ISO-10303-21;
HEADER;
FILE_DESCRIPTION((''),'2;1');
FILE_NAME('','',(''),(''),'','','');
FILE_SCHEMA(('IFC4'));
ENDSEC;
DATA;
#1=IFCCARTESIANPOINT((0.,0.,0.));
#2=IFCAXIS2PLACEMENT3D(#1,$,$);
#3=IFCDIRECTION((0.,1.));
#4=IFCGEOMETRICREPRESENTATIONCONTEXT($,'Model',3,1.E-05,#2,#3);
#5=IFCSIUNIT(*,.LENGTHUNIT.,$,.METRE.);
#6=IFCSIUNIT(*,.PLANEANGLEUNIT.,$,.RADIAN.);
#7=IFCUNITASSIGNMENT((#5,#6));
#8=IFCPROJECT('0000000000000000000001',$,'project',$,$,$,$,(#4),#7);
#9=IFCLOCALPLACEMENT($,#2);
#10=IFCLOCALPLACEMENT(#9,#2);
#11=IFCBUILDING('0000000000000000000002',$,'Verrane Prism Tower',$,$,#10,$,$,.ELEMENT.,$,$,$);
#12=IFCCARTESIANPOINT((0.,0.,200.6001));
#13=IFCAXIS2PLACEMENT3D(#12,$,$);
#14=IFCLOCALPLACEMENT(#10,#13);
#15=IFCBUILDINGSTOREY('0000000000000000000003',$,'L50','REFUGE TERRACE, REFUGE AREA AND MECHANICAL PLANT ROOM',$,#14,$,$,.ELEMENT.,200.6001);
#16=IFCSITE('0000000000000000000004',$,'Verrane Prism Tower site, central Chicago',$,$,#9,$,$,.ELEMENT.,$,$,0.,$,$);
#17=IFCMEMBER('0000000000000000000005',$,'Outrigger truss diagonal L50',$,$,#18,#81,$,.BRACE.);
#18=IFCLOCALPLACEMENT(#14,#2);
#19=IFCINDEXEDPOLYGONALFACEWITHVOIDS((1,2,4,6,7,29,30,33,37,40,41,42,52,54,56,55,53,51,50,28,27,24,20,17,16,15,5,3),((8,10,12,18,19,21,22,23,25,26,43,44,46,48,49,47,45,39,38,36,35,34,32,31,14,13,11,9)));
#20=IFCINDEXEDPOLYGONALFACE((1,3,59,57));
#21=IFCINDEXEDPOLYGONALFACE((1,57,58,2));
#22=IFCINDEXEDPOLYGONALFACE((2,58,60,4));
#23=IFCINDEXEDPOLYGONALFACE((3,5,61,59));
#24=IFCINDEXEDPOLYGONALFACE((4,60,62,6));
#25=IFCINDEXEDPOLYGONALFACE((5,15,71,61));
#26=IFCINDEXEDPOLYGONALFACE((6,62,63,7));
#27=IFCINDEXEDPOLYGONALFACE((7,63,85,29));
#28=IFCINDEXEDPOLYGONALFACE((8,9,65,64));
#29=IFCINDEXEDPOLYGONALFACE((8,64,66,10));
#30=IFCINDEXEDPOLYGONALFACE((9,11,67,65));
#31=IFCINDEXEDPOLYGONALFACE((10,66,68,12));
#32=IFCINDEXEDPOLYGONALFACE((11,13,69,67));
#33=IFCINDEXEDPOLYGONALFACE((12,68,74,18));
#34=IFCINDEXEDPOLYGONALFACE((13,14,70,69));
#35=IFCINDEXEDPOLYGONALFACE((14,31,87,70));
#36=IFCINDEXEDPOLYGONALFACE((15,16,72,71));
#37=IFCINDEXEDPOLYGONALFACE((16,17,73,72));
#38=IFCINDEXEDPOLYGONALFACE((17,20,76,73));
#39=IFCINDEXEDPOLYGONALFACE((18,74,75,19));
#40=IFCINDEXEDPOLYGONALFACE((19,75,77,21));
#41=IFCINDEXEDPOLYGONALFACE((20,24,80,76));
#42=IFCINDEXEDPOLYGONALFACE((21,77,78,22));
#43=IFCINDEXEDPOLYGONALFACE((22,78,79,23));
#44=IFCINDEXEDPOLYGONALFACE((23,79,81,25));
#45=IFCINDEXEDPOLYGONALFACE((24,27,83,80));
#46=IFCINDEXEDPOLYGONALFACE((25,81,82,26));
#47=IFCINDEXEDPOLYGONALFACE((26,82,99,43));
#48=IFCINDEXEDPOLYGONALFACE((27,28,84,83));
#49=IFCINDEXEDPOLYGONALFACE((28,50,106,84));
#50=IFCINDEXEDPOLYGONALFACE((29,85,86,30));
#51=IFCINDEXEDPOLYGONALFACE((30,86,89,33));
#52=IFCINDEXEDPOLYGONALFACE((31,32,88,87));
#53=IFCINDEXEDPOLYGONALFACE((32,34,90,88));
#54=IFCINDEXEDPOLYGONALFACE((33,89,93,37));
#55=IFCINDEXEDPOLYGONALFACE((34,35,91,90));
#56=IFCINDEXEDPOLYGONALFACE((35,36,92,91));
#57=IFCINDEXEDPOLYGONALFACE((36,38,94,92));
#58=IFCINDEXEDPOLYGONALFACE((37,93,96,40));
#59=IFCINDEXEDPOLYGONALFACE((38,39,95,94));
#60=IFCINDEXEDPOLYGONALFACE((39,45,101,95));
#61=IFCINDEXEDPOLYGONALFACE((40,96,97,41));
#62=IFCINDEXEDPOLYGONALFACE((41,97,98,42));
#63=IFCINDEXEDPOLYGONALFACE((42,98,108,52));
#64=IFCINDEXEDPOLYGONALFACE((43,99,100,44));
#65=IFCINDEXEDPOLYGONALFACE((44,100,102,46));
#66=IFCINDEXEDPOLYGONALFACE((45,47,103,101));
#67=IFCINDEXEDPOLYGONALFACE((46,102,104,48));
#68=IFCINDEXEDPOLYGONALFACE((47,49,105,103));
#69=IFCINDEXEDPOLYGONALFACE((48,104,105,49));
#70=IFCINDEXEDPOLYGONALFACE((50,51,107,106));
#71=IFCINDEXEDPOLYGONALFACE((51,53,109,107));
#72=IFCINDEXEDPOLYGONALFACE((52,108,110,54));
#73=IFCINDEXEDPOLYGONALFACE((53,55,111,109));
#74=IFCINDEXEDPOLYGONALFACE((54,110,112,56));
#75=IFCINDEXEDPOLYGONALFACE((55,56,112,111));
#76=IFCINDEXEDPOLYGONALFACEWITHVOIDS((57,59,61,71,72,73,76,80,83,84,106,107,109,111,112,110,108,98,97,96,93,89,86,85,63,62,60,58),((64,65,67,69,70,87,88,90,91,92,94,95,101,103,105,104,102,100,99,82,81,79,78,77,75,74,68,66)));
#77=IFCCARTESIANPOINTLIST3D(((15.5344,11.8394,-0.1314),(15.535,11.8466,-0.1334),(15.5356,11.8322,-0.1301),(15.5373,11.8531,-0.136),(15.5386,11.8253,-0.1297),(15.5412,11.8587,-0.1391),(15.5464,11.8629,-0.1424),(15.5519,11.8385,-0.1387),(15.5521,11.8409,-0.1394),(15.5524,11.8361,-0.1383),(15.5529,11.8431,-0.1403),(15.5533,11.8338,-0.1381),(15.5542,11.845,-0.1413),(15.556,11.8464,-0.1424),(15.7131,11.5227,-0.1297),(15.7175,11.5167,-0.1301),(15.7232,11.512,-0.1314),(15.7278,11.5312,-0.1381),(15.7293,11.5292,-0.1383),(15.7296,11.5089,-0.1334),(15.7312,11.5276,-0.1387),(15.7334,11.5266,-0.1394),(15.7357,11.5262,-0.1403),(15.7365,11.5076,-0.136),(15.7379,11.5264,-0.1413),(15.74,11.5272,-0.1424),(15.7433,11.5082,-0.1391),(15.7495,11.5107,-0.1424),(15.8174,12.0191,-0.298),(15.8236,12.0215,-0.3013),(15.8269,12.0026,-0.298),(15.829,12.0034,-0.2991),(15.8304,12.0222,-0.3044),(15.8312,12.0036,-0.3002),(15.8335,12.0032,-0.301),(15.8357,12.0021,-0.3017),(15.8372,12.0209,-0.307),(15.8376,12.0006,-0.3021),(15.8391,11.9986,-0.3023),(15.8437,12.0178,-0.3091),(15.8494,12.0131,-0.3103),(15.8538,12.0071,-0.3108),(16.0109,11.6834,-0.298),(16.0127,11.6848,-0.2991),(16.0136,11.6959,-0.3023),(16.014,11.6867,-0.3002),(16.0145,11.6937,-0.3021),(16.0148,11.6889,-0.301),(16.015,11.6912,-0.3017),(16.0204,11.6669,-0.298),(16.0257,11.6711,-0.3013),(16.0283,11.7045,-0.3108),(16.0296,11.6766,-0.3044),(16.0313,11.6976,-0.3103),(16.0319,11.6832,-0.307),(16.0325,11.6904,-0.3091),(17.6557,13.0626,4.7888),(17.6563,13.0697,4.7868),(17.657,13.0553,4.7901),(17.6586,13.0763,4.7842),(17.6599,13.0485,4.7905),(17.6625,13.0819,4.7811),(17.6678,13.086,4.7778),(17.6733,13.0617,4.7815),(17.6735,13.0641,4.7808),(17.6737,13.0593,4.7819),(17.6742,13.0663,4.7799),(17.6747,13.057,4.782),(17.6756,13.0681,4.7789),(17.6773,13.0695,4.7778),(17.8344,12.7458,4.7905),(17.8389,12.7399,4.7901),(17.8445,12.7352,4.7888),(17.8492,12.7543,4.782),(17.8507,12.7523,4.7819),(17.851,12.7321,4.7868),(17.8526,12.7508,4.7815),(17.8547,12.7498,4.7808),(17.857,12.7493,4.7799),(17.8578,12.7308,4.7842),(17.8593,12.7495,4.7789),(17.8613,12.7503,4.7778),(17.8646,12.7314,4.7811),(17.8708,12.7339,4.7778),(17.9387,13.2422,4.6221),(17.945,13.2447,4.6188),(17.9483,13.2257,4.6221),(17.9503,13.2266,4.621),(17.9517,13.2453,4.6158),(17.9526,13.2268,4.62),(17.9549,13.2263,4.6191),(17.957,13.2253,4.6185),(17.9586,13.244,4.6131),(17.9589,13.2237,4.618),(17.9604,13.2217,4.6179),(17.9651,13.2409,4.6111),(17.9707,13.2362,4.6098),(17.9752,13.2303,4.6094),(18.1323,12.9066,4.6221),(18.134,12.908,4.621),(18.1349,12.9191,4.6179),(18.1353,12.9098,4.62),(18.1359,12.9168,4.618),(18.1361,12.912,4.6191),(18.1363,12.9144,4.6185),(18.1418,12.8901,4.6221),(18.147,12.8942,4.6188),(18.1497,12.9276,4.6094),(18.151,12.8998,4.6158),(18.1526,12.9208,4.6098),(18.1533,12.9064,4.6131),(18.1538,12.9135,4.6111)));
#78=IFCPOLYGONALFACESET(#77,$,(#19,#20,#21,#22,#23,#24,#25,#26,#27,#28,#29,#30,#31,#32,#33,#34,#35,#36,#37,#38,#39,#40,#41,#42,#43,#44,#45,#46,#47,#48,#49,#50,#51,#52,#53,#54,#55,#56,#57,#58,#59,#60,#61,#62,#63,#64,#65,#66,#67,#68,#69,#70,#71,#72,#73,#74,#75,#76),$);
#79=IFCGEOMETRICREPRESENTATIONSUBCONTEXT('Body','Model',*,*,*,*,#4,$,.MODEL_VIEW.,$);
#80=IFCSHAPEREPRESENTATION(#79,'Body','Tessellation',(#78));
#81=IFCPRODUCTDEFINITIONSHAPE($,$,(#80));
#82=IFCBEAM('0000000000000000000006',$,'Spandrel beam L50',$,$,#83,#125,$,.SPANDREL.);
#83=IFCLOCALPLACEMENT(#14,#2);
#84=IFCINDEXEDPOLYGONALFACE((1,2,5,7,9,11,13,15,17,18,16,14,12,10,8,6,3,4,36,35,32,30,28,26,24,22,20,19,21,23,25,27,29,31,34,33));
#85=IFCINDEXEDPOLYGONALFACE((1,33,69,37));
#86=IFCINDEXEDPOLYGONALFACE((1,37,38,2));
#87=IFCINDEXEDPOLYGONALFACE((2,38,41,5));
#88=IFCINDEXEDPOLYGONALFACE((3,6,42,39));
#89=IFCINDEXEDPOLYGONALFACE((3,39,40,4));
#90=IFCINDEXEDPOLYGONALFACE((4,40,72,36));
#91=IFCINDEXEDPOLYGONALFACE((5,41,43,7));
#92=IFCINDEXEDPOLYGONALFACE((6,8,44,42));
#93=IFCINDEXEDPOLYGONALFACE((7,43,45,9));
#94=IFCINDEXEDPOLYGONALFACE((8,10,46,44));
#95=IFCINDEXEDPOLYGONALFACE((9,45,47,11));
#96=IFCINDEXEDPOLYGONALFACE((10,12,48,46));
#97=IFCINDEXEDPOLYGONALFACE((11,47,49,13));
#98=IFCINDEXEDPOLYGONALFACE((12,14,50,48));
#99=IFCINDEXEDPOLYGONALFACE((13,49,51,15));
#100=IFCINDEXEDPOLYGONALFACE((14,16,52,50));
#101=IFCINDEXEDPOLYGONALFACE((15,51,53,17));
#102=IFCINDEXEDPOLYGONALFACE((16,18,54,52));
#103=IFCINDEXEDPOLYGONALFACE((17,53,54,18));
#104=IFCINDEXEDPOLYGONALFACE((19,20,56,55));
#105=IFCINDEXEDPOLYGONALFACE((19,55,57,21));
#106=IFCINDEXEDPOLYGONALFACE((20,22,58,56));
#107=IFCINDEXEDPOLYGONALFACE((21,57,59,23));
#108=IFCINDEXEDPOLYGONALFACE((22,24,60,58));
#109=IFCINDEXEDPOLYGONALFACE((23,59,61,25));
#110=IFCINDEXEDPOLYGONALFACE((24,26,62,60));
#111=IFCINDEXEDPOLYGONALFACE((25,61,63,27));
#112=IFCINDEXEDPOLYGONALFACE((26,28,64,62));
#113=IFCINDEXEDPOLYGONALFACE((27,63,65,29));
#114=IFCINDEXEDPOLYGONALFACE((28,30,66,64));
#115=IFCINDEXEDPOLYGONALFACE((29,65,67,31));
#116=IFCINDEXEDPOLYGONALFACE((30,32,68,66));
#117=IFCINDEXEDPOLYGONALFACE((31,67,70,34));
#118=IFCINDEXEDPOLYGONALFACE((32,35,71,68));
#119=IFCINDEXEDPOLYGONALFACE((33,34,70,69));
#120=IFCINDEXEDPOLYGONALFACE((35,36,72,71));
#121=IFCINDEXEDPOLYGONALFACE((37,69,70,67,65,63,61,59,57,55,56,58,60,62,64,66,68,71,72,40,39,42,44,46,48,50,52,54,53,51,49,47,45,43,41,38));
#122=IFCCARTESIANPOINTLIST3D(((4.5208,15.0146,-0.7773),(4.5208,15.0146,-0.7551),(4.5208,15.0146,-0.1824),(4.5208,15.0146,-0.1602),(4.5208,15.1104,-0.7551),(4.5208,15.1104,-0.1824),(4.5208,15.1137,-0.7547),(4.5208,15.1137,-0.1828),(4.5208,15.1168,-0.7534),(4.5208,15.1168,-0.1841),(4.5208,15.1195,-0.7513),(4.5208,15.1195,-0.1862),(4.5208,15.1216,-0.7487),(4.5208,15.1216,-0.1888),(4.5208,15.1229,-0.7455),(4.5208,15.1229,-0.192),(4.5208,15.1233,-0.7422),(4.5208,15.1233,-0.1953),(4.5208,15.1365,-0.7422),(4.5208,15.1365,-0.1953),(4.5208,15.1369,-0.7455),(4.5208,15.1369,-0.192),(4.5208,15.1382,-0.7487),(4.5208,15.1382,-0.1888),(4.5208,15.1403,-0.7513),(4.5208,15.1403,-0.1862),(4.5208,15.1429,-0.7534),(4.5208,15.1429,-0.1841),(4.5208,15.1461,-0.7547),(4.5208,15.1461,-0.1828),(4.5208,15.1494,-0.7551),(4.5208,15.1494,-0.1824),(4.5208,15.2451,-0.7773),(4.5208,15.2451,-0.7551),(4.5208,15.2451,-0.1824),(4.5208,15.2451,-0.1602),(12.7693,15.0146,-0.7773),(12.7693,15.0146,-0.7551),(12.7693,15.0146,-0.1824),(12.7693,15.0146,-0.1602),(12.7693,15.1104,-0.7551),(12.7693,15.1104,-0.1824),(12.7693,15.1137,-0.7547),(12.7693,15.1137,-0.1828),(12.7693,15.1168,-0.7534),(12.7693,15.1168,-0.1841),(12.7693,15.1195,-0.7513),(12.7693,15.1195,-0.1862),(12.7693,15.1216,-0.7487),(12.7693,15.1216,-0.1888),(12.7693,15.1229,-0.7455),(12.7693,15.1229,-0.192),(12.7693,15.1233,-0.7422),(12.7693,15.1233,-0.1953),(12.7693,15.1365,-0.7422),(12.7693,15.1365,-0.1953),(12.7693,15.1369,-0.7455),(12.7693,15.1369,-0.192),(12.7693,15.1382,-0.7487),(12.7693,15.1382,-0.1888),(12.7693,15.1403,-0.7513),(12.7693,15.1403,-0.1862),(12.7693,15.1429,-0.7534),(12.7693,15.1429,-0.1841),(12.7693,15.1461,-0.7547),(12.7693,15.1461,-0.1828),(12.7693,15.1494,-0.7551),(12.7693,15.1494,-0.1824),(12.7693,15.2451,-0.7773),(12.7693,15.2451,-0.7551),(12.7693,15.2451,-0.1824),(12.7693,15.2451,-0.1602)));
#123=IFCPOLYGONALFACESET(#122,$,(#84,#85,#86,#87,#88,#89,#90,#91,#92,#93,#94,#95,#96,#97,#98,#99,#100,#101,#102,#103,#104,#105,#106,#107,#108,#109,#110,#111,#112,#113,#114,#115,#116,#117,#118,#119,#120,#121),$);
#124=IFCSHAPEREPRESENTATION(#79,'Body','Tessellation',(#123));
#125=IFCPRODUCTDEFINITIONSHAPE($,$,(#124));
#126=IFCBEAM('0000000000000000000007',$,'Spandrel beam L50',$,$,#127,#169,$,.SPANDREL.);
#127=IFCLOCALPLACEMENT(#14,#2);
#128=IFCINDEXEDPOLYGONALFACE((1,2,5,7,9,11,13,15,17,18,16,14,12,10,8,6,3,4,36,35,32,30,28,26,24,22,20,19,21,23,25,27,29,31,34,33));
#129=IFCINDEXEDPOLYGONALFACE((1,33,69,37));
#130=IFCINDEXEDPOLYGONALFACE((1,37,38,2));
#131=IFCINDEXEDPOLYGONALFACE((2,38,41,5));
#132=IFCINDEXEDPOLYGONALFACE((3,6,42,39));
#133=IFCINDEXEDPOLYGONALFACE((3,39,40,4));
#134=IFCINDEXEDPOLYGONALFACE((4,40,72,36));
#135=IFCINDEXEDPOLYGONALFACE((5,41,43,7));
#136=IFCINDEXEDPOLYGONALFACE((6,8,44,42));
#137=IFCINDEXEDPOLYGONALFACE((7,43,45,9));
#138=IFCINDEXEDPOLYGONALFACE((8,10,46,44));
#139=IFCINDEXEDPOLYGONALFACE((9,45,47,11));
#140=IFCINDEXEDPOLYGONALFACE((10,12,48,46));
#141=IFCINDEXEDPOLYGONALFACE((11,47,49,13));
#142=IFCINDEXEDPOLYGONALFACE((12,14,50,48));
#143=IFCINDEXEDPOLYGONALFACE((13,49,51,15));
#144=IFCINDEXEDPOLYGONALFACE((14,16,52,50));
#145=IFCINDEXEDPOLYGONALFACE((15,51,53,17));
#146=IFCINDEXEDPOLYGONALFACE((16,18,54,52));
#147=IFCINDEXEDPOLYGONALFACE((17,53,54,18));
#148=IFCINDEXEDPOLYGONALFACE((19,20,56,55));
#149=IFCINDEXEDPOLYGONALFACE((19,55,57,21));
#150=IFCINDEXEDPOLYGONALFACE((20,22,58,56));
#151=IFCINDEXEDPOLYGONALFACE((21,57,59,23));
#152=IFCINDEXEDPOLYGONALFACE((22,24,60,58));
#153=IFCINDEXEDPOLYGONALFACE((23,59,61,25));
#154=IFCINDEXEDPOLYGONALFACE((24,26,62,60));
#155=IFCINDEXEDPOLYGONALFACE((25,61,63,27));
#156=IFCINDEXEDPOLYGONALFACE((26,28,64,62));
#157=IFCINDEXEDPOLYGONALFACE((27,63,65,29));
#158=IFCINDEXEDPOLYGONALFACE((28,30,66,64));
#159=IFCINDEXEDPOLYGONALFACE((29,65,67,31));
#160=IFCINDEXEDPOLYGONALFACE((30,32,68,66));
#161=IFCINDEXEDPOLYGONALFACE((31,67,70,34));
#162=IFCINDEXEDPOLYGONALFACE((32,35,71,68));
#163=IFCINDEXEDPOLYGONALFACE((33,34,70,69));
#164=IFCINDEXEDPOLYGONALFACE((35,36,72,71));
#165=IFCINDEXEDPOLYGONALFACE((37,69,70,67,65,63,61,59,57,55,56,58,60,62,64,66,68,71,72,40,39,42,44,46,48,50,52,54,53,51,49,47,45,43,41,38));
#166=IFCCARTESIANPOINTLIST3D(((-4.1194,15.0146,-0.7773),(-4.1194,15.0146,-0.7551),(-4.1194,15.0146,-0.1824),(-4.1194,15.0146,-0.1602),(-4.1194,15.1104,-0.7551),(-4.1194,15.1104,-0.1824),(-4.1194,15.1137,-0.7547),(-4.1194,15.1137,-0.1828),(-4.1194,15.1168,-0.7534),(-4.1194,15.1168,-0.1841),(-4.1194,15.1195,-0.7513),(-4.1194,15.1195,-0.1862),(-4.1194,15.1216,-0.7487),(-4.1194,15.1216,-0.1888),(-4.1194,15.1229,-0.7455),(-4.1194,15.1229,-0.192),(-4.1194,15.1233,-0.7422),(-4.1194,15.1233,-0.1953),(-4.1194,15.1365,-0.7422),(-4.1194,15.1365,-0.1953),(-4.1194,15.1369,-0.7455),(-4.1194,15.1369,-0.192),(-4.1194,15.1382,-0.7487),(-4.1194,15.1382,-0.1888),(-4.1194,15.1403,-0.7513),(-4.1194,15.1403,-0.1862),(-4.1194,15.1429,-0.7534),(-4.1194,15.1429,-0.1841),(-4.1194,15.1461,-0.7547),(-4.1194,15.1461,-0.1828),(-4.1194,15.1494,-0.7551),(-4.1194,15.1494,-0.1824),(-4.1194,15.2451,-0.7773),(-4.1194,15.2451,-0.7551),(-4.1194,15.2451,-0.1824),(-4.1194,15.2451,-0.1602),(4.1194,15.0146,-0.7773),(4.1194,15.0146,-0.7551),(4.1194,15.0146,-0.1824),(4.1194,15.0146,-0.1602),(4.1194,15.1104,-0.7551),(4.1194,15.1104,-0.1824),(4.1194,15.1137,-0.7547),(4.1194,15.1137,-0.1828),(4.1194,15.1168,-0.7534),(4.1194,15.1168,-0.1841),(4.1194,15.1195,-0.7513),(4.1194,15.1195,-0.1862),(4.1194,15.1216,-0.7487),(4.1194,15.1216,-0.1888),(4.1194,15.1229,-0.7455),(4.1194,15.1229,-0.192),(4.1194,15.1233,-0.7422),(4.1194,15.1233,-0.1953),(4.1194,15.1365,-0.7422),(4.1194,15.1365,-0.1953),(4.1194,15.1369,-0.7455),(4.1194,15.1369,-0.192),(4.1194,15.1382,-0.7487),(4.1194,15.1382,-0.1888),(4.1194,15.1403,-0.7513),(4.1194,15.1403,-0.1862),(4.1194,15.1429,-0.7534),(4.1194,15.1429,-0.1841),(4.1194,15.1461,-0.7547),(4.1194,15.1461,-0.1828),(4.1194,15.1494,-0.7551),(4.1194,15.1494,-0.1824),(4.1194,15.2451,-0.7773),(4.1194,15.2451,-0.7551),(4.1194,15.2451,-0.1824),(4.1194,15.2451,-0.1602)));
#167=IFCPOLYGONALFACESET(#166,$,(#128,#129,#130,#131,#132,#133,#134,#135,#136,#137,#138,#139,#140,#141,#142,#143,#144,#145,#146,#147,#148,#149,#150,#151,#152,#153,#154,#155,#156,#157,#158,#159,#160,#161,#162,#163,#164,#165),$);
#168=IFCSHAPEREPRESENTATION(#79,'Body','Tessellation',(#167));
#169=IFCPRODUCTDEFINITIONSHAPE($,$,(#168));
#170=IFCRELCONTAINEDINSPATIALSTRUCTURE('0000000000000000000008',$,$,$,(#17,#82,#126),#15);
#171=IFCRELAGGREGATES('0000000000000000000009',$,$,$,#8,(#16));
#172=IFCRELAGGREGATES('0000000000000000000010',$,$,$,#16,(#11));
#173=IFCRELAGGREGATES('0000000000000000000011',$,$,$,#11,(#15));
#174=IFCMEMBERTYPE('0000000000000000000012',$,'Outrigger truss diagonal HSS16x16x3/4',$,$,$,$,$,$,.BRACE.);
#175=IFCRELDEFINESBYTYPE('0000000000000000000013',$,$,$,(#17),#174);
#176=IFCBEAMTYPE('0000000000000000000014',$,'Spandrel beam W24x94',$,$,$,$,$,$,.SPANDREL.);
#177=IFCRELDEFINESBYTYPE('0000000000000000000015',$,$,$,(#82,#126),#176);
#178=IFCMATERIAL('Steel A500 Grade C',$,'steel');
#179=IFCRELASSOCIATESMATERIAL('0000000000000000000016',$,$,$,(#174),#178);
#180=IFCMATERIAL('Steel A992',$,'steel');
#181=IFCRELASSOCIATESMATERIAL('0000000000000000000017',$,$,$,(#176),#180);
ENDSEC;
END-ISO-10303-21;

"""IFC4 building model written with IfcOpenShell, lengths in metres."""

from ifc_helpers import new_model, si_unit, direction, frame, origin, origin_2d, place, context, subcontext, project, spatial, hollow_rectangle, i_section, extrude, material, material_profile, profile_set, type_object, element, save


model = new_model("IFC4")

# Units and contexts
model_context = context("Model", 3, precision=1e-05, world=origin(), true_north=direction((0.0, 1.0)))
body_context = subcontext(model_context, "Body", "Model", "MODEL_VIEW")
ifc_project = project(units=[si_unit("LENGTHUNIT", "METRE"), si_unit("PLANEANGLEUNIT", "RADIAN")], contexts=[model_context])

# Site, building, storey
site_placement = place(None, origin())
site = spatial("IfcSite", under=ifc_project, at=site_placement, Name="Verrane Prism Tower site, central Chicago", CompositionType="ELEMENT", RefElevation=0.0)
building_placement = place(site_placement, origin())
building = spatial("IfcBuilding", under=site, at=building_placement, Name="Verrane Prism Tower", CompositionType="ELEMENT")
storey_placement = place(building_placement, frame((0.0, 0.0, 200.6001)))
storey = spatial("IfcBuildingStorey", under=building, at=storey_placement, Name="L50", Description="REFUGE TERRACE, REFUGE AREA AND MECHANICAL PLANT ROOM", CompositionType="ELEMENT", Elevation=200.6001)

# Member
ifc_material_1 = material(Name="Steel A500 Grade C", Category="steel")
ifc_material_profile_1 = material_profile(ifc_material_1, hollow_rectangle(XDim=0.4065, YDim=0.4065, WallThickness=0.019, InnerFilletRadius=0.0095, OuterFilletRadius=0.0286, at=origin_2d()), Name="HSS16x16x3/4")
ifc_profile_set_1 = profile_set([ifc_material_profile_1], Name="Steel A500 Grade C")
member_type_1 = type_object("IfcMemberType", Name="Outrigger truss diagonal HSS16x16x3/4", PredefinedType="BRACE", material=ifc_profile_set_1)
member_1_placement = place(storey_placement, frame((15.7834, 11.7649, -0.2202), z_axis=(0.38599, 0.222558, 0.895254), x_axis=(-0.499507, 0.86631, 0.0)))
element("IfcMember", 1, at=member_1_placement, inside=storey, type_object=member_type_1, Name="Outrigger truss diagonal L50", PredefinedType="BRACE", context=body_context, shape_type="SweptSolid", body=[
    extrude(hollow_rectangle(XDim=0.4065, YDim=0.4065, WallThickness=0.019, InnerFilletRadius=0.0095, OuterFilletRadius=0.0286, at=origin_2d()), origin(), (0.0, 0.0, 1.0), 5.4958),
])

# Beams
ifc_material_2 = material(Name="Steel A992", Category="steel")
ifc_material_profile_2 = material_profile(ifc_material_2, i_section(OverallWidth=0.2305, OverallDepth=0.6172, WebThickness=0.0132, FlangeThickness=0.0222, FilletRadius=0.0129, at=origin_2d()), Name="W24x94")
ifc_profile_set_2 = profile_set([ifc_material_profile_2], Name="Steel A992")
beam_type_1 = type_object("IfcBeamType", Name="Spandrel beam W24x94", PredefinedType="SPANDREL", material=ifc_profile_set_2)
beam_1_placement = place(storey_placement, frame((12.7693, 15.1299, -0.4688), z_axis=(-1.0, 0.0, 0.0), x_axis=(0.0, -1.0, 0.0)))
element("IfcBeam", 2, at=beam_1_placement, inside=storey, type_object=beam_type_1, Name="Spandrel beam L50", PredefinedType="SPANDREL", context=body_context, shape_type="SweptSolid", body=[
    extrude(i_section(OverallWidth=0.2305, OverallDepth=0.6172, WebThickness=0.0132, FlangeThickness=0.0222, FilletRadius=0.0129, at=origin_2d()), origin(), (0.0, 0.0, 1.0), 8.2485),
])
beam_2_placement = place(storey_placement, frame((4.1194, 15.1299, -0.4688), z_axis=(-1.0, 0.0, 0.0), x_axis=(0.0, -1.0, 0.0)))
element("IfcBeam", 3, at=beam_2_placement, inside=storey, type_object=beam_type_1, Name="Spandrel beam L50", PredefinedType="SPANDREL", context=body_context, shape_type="SweptSolid", body=[
    extrude(i_section(OverallWidth=0.2305, OverallDepth=0.6172, WebThickness=0.0132, FlangeThickness=0.0222, FilletRadius=0.0129, at=origin_2d()), origin(), (0.0, 0.0, 1.0), 8.2388),
])

save(model, "model.ifc")
